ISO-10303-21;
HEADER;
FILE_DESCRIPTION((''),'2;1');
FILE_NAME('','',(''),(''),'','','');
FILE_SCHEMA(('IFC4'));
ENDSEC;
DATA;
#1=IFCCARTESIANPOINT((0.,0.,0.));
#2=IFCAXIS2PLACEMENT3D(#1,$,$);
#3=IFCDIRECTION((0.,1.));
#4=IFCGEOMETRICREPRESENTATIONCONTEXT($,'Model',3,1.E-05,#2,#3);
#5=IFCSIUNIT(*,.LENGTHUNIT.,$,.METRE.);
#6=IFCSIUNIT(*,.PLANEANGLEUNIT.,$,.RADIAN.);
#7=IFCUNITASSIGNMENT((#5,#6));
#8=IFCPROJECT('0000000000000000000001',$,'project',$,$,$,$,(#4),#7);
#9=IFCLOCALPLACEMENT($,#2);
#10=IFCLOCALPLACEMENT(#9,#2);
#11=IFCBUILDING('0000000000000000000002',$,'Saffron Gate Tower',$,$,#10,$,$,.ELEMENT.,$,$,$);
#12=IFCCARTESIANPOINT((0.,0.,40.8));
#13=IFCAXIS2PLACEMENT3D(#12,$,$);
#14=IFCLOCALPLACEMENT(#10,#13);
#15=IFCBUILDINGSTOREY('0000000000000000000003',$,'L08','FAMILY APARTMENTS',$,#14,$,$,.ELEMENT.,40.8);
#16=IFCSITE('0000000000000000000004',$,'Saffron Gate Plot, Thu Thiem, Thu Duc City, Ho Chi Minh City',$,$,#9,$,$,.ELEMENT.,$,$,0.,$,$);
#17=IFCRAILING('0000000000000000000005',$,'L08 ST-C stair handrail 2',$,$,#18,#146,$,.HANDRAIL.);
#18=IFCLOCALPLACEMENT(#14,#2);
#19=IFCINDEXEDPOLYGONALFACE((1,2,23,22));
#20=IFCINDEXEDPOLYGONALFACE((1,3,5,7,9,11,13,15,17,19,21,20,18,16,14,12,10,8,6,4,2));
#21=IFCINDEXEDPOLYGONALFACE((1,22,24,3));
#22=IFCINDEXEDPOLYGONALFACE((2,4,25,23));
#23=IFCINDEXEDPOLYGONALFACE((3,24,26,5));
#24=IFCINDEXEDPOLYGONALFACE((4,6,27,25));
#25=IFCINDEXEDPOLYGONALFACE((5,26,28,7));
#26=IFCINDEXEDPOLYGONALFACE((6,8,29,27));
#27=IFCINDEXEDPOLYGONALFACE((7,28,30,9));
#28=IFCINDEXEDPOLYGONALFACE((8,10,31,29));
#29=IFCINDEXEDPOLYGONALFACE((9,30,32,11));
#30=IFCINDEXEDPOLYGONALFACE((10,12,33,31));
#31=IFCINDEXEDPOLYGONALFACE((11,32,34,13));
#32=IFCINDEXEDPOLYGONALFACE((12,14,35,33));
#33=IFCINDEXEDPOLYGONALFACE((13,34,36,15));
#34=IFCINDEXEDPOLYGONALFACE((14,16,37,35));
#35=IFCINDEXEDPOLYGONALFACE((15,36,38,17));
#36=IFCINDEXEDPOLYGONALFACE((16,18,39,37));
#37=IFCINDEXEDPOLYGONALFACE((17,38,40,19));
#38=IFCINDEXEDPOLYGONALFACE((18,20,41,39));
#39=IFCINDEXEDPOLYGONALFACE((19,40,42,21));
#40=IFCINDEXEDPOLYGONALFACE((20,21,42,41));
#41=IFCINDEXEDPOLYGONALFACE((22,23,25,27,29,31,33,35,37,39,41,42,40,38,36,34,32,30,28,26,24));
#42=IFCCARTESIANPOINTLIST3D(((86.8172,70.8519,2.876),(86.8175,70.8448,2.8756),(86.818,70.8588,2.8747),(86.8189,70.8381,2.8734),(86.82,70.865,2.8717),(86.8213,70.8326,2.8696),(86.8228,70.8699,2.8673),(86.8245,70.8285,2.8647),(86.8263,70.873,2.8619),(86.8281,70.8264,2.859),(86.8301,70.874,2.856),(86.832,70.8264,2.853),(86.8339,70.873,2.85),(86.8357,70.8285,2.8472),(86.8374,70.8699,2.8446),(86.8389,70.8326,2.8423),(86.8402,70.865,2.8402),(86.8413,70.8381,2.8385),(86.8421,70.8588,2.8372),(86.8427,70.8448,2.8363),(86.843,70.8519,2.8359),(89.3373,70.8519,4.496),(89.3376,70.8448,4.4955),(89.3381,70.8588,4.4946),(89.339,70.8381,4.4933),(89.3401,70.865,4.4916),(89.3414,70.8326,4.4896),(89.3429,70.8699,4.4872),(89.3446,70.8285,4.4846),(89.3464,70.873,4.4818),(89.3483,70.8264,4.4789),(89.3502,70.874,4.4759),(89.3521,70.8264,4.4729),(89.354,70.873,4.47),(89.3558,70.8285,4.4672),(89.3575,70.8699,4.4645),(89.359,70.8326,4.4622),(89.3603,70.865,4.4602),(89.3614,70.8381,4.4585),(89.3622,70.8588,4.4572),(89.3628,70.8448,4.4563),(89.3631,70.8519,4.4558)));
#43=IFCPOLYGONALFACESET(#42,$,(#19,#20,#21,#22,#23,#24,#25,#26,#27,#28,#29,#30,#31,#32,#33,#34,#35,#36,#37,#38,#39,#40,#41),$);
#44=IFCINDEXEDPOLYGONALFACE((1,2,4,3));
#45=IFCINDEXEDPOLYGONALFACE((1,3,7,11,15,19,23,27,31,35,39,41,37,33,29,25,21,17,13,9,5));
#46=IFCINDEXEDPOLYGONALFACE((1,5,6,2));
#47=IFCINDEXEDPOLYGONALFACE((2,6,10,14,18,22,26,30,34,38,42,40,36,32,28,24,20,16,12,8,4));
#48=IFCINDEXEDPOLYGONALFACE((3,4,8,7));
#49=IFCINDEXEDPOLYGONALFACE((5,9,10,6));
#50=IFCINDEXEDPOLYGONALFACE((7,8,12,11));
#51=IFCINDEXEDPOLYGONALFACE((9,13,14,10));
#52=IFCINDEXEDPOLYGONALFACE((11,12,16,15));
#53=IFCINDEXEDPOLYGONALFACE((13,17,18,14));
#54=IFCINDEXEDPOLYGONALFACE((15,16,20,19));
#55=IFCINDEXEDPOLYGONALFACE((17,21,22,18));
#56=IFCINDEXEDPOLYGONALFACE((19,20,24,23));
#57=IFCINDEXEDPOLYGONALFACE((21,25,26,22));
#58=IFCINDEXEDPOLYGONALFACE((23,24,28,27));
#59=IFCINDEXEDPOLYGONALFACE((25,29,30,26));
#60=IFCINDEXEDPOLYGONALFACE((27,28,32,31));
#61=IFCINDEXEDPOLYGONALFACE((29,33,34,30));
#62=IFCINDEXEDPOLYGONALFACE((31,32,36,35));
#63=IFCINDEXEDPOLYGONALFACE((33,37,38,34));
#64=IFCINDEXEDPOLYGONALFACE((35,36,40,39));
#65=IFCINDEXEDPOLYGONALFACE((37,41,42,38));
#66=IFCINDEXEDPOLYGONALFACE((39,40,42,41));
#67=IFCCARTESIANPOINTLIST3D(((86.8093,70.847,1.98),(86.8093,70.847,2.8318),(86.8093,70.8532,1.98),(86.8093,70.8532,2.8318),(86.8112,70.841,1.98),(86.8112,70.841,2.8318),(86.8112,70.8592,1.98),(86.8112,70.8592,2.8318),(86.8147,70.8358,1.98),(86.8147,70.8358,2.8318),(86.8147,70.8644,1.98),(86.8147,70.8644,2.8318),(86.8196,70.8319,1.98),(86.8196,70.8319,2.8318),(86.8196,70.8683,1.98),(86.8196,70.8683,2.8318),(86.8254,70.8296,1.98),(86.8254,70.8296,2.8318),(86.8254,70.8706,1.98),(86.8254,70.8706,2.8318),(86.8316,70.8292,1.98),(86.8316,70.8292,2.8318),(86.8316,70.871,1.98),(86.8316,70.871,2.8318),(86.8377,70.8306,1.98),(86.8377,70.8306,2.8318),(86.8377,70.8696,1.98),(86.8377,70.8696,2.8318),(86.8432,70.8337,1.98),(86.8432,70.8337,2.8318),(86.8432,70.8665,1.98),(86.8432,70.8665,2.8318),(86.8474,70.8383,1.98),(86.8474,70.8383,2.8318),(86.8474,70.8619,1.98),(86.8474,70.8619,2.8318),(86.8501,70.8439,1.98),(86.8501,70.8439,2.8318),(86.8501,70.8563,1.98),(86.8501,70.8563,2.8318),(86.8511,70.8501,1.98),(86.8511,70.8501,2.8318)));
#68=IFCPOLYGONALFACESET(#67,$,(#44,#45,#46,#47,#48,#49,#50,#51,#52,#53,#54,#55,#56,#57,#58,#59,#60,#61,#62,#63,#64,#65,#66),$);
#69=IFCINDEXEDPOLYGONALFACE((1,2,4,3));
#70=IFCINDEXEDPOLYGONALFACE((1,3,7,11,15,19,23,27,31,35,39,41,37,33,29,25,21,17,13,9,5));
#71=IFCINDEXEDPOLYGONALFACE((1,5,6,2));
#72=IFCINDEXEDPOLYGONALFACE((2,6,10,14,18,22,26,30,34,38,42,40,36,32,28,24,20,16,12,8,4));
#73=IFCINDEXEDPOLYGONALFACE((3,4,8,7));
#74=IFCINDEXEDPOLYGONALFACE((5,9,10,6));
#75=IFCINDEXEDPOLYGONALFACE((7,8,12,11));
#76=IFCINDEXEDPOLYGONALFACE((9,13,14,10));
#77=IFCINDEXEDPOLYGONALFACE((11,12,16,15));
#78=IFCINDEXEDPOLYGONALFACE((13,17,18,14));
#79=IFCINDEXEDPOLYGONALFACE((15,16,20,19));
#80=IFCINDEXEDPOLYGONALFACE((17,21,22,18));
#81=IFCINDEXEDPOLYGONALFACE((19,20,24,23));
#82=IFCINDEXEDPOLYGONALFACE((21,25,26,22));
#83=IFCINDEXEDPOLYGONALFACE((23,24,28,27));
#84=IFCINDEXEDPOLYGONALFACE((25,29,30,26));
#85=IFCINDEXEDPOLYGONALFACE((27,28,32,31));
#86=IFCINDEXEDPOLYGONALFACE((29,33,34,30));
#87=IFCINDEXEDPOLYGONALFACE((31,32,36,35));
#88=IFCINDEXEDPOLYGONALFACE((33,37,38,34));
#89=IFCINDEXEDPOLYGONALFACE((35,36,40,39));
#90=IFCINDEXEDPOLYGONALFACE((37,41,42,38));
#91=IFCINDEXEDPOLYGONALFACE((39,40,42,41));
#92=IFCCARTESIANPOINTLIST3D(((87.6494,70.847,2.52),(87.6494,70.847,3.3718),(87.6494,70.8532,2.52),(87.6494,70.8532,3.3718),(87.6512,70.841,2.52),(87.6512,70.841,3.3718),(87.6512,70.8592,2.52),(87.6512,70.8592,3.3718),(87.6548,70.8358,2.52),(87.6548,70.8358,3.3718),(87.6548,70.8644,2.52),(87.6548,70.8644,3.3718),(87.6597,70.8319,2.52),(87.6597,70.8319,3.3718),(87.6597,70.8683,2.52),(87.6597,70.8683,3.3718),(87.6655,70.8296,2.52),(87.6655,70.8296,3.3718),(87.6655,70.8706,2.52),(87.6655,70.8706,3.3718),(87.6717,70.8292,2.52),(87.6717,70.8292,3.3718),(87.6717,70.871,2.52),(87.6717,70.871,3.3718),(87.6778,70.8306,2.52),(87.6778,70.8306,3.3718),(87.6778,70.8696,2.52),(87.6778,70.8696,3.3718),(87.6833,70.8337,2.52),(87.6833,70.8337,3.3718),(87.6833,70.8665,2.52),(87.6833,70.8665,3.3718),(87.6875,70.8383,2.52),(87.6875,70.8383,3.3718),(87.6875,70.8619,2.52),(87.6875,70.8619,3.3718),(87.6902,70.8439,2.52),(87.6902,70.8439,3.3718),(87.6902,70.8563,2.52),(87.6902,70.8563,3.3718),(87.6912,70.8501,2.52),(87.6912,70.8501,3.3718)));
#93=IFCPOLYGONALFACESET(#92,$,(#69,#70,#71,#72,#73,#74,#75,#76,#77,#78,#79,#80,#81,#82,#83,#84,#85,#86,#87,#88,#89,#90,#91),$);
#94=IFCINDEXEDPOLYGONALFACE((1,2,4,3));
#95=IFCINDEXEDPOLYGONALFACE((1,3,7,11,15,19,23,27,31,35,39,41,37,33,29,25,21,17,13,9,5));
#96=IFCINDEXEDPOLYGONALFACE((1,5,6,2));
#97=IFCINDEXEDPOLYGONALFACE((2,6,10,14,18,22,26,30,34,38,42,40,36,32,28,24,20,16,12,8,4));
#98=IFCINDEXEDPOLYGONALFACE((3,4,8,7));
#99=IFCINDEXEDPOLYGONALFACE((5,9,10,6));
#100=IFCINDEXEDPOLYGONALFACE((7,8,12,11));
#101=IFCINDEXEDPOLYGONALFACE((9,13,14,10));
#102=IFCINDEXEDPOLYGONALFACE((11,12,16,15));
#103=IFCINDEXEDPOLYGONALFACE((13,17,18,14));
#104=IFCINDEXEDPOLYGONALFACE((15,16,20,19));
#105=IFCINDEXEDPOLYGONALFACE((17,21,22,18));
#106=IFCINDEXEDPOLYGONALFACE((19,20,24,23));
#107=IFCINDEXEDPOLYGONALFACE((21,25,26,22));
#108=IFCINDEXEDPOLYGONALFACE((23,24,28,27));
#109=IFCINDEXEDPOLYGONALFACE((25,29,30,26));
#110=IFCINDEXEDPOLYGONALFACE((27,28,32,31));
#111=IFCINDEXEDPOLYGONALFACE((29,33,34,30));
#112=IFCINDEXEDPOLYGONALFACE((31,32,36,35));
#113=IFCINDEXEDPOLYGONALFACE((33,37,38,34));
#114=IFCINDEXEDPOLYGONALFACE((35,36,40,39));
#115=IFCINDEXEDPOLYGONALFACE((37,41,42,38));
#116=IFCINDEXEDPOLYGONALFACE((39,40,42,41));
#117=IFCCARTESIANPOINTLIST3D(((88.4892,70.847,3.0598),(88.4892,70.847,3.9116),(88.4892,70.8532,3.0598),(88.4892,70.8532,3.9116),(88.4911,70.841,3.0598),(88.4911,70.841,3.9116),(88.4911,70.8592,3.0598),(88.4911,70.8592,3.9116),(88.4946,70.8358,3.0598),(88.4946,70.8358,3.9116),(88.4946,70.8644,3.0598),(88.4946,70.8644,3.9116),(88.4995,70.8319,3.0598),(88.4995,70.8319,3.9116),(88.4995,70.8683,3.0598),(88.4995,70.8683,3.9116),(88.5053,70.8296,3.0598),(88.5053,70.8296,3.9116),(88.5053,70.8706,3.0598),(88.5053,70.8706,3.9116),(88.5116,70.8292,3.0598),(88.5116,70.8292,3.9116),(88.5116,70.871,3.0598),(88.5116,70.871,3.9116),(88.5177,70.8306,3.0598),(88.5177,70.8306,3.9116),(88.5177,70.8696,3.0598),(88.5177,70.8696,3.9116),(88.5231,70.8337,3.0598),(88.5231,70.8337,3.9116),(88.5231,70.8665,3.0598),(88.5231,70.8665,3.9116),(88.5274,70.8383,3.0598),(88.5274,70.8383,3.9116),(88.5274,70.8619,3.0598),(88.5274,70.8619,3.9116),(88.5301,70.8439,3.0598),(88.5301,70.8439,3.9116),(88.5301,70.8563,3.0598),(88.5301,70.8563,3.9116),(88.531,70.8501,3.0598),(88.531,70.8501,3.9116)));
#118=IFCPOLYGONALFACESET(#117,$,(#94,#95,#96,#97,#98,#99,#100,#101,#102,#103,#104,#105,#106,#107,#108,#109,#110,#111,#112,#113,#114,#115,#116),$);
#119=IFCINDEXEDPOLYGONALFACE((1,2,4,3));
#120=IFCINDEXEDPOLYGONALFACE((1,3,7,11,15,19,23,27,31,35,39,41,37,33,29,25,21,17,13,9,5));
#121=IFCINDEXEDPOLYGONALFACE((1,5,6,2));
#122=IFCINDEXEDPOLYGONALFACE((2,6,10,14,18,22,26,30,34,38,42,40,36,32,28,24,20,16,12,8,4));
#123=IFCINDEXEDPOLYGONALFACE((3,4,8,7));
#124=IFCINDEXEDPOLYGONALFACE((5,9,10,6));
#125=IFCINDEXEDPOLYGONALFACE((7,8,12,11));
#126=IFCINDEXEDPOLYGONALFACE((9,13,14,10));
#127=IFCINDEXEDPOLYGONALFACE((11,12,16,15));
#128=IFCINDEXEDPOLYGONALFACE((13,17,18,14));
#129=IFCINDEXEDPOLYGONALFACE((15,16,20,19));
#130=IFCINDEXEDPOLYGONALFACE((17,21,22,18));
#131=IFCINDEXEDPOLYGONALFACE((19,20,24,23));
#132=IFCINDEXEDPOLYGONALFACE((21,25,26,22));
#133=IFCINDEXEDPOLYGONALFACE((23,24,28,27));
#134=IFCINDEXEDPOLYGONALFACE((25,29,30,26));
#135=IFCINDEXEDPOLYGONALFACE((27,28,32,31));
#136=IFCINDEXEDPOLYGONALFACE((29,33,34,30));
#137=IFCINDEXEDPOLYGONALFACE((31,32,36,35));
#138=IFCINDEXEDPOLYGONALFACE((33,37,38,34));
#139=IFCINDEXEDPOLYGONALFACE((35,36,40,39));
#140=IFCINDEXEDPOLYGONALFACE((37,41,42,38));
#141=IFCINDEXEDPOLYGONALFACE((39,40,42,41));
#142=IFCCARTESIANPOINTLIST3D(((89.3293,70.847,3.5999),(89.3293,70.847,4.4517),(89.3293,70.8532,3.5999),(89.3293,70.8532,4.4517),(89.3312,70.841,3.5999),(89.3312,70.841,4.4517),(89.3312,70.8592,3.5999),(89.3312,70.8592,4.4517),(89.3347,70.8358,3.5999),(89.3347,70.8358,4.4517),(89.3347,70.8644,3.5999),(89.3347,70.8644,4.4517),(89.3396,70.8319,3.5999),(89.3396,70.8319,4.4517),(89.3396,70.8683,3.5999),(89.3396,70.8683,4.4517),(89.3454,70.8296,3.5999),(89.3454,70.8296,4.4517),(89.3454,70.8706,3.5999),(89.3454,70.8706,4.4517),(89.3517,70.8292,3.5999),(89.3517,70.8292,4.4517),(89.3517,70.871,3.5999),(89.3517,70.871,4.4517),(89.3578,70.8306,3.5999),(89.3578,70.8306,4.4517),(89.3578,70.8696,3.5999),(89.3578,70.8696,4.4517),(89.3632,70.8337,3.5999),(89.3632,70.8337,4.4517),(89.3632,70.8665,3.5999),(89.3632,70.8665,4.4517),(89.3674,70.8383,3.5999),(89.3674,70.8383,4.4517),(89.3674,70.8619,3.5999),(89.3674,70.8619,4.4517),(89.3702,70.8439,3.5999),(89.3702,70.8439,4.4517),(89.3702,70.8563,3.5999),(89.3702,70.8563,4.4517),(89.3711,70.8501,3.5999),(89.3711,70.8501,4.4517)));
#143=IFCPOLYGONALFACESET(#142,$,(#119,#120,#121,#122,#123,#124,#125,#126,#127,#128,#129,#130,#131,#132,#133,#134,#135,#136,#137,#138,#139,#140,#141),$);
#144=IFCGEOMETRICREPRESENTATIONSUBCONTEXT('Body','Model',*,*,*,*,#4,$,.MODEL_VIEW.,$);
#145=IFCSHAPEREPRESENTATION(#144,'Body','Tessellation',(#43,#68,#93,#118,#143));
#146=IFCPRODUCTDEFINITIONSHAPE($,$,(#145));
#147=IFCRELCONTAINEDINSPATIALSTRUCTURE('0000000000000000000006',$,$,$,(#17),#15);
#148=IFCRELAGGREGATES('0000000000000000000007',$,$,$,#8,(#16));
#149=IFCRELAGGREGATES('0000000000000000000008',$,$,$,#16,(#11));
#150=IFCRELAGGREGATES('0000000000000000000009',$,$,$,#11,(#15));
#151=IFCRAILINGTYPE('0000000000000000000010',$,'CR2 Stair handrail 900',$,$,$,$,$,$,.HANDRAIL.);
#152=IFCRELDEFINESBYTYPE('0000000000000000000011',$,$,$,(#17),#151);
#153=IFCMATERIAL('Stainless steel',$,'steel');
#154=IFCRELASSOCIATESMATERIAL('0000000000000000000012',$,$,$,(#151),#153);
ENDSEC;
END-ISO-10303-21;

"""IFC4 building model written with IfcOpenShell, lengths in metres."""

from ifc_helpers import new_model, si_unit, direction, frame, origin, origin_2d, place, context, subcontext, project, spatial, circle, extrude, material, type_object, element, save


model = new_model("IFC4")

# Units and contexts
model_context = context("Model", 3, precision=1e-05, world=origin(), true_north=direction((0.0, 1.0)))
body_context = subcontext(model_context, "Body", "Model", "MODEL_VIEW")
ifc_project = project(units=[si_unit("LENGTHUNIT", "METRE"), si_unit("PLANEANGLEUNIT", "RADIAN")], contexts=[model_context])

# Site, building, storey
site_placement = place(None, origin())
site = spatial("IfcSite", under=ifc_project, at=site_placement, Name="Saffron Gate Plot, Thu Thiem, Thu Duc City, Ho Chi Minh City", CompositionType="ELEMENT", RefElevation=0.0)
building_placement = place(site_placement, origin())
building = spatial("IfcBuilding", under=site, at=building_placement, Name="Saffron Gate Tower", CompositionType="ELEMENT")
storey_placement = place(building_placement, frame((0.0, 0.0, 40.8)))
storey = spatial("IfcBuildingStorey", under=building, at=storey_placement, Name="L08", Description="FAMILY APARTMENTS", CompositionType="ELEMENT", Elevation=40.8)

# Railing
ifc_material_1 = material(Name="Stainless steel", Category="steel")
railing_type_1 = type_object("IfcRailingType", Name="CR2 Stair handrail 900", PredefinedType="HANDRAIL", material=ifc_material_1)
railing_1_placement = place(storey_placement, frame((86.8301, 70.8501, 1.98)))
element("IfcRailing", 1, at=railing_1_placement, inside=storey, type_object=railing_type_1, Name="L08 ST-C stair handrail 2", PredefinedType="HANDRAIL", context=body_context, shape_type="SweptSolid", body=[
    extrude(circle(Radius=0.0239, at=origin_2d()), frame((0.0, 0.0, 0.876), z_axis=(0.8412, 0.0, 0.540725), x_axis=(0.0, 1.0, 0.0)), (0.0, 0.0, 1.0), 2.9958),
    extrude(circle(Radius=0.021, at=origin_2d()), origin(), (0.0, 0.0, 1.0), 0.8518),
    extrude(circle(Radius=0.021, at=origin_2d()), frame((0.8401, 0.0, 0.54)), (0.0, 0.0, 1.0), 0.8518),
    extrude(circle(Radius=0.021, at=origin_2d()), frame((1.6799, 0.0, 1.0798)), (0.0, 0.0, 1.0), 0.8518),
    extrude(circle(Radius=0.021, at=origin_2d()), frame((2.52, 0.0, 1.6199)), (0.0, 0.0, 1.0), 0.8518),
])

save(model, "model.ifc")
